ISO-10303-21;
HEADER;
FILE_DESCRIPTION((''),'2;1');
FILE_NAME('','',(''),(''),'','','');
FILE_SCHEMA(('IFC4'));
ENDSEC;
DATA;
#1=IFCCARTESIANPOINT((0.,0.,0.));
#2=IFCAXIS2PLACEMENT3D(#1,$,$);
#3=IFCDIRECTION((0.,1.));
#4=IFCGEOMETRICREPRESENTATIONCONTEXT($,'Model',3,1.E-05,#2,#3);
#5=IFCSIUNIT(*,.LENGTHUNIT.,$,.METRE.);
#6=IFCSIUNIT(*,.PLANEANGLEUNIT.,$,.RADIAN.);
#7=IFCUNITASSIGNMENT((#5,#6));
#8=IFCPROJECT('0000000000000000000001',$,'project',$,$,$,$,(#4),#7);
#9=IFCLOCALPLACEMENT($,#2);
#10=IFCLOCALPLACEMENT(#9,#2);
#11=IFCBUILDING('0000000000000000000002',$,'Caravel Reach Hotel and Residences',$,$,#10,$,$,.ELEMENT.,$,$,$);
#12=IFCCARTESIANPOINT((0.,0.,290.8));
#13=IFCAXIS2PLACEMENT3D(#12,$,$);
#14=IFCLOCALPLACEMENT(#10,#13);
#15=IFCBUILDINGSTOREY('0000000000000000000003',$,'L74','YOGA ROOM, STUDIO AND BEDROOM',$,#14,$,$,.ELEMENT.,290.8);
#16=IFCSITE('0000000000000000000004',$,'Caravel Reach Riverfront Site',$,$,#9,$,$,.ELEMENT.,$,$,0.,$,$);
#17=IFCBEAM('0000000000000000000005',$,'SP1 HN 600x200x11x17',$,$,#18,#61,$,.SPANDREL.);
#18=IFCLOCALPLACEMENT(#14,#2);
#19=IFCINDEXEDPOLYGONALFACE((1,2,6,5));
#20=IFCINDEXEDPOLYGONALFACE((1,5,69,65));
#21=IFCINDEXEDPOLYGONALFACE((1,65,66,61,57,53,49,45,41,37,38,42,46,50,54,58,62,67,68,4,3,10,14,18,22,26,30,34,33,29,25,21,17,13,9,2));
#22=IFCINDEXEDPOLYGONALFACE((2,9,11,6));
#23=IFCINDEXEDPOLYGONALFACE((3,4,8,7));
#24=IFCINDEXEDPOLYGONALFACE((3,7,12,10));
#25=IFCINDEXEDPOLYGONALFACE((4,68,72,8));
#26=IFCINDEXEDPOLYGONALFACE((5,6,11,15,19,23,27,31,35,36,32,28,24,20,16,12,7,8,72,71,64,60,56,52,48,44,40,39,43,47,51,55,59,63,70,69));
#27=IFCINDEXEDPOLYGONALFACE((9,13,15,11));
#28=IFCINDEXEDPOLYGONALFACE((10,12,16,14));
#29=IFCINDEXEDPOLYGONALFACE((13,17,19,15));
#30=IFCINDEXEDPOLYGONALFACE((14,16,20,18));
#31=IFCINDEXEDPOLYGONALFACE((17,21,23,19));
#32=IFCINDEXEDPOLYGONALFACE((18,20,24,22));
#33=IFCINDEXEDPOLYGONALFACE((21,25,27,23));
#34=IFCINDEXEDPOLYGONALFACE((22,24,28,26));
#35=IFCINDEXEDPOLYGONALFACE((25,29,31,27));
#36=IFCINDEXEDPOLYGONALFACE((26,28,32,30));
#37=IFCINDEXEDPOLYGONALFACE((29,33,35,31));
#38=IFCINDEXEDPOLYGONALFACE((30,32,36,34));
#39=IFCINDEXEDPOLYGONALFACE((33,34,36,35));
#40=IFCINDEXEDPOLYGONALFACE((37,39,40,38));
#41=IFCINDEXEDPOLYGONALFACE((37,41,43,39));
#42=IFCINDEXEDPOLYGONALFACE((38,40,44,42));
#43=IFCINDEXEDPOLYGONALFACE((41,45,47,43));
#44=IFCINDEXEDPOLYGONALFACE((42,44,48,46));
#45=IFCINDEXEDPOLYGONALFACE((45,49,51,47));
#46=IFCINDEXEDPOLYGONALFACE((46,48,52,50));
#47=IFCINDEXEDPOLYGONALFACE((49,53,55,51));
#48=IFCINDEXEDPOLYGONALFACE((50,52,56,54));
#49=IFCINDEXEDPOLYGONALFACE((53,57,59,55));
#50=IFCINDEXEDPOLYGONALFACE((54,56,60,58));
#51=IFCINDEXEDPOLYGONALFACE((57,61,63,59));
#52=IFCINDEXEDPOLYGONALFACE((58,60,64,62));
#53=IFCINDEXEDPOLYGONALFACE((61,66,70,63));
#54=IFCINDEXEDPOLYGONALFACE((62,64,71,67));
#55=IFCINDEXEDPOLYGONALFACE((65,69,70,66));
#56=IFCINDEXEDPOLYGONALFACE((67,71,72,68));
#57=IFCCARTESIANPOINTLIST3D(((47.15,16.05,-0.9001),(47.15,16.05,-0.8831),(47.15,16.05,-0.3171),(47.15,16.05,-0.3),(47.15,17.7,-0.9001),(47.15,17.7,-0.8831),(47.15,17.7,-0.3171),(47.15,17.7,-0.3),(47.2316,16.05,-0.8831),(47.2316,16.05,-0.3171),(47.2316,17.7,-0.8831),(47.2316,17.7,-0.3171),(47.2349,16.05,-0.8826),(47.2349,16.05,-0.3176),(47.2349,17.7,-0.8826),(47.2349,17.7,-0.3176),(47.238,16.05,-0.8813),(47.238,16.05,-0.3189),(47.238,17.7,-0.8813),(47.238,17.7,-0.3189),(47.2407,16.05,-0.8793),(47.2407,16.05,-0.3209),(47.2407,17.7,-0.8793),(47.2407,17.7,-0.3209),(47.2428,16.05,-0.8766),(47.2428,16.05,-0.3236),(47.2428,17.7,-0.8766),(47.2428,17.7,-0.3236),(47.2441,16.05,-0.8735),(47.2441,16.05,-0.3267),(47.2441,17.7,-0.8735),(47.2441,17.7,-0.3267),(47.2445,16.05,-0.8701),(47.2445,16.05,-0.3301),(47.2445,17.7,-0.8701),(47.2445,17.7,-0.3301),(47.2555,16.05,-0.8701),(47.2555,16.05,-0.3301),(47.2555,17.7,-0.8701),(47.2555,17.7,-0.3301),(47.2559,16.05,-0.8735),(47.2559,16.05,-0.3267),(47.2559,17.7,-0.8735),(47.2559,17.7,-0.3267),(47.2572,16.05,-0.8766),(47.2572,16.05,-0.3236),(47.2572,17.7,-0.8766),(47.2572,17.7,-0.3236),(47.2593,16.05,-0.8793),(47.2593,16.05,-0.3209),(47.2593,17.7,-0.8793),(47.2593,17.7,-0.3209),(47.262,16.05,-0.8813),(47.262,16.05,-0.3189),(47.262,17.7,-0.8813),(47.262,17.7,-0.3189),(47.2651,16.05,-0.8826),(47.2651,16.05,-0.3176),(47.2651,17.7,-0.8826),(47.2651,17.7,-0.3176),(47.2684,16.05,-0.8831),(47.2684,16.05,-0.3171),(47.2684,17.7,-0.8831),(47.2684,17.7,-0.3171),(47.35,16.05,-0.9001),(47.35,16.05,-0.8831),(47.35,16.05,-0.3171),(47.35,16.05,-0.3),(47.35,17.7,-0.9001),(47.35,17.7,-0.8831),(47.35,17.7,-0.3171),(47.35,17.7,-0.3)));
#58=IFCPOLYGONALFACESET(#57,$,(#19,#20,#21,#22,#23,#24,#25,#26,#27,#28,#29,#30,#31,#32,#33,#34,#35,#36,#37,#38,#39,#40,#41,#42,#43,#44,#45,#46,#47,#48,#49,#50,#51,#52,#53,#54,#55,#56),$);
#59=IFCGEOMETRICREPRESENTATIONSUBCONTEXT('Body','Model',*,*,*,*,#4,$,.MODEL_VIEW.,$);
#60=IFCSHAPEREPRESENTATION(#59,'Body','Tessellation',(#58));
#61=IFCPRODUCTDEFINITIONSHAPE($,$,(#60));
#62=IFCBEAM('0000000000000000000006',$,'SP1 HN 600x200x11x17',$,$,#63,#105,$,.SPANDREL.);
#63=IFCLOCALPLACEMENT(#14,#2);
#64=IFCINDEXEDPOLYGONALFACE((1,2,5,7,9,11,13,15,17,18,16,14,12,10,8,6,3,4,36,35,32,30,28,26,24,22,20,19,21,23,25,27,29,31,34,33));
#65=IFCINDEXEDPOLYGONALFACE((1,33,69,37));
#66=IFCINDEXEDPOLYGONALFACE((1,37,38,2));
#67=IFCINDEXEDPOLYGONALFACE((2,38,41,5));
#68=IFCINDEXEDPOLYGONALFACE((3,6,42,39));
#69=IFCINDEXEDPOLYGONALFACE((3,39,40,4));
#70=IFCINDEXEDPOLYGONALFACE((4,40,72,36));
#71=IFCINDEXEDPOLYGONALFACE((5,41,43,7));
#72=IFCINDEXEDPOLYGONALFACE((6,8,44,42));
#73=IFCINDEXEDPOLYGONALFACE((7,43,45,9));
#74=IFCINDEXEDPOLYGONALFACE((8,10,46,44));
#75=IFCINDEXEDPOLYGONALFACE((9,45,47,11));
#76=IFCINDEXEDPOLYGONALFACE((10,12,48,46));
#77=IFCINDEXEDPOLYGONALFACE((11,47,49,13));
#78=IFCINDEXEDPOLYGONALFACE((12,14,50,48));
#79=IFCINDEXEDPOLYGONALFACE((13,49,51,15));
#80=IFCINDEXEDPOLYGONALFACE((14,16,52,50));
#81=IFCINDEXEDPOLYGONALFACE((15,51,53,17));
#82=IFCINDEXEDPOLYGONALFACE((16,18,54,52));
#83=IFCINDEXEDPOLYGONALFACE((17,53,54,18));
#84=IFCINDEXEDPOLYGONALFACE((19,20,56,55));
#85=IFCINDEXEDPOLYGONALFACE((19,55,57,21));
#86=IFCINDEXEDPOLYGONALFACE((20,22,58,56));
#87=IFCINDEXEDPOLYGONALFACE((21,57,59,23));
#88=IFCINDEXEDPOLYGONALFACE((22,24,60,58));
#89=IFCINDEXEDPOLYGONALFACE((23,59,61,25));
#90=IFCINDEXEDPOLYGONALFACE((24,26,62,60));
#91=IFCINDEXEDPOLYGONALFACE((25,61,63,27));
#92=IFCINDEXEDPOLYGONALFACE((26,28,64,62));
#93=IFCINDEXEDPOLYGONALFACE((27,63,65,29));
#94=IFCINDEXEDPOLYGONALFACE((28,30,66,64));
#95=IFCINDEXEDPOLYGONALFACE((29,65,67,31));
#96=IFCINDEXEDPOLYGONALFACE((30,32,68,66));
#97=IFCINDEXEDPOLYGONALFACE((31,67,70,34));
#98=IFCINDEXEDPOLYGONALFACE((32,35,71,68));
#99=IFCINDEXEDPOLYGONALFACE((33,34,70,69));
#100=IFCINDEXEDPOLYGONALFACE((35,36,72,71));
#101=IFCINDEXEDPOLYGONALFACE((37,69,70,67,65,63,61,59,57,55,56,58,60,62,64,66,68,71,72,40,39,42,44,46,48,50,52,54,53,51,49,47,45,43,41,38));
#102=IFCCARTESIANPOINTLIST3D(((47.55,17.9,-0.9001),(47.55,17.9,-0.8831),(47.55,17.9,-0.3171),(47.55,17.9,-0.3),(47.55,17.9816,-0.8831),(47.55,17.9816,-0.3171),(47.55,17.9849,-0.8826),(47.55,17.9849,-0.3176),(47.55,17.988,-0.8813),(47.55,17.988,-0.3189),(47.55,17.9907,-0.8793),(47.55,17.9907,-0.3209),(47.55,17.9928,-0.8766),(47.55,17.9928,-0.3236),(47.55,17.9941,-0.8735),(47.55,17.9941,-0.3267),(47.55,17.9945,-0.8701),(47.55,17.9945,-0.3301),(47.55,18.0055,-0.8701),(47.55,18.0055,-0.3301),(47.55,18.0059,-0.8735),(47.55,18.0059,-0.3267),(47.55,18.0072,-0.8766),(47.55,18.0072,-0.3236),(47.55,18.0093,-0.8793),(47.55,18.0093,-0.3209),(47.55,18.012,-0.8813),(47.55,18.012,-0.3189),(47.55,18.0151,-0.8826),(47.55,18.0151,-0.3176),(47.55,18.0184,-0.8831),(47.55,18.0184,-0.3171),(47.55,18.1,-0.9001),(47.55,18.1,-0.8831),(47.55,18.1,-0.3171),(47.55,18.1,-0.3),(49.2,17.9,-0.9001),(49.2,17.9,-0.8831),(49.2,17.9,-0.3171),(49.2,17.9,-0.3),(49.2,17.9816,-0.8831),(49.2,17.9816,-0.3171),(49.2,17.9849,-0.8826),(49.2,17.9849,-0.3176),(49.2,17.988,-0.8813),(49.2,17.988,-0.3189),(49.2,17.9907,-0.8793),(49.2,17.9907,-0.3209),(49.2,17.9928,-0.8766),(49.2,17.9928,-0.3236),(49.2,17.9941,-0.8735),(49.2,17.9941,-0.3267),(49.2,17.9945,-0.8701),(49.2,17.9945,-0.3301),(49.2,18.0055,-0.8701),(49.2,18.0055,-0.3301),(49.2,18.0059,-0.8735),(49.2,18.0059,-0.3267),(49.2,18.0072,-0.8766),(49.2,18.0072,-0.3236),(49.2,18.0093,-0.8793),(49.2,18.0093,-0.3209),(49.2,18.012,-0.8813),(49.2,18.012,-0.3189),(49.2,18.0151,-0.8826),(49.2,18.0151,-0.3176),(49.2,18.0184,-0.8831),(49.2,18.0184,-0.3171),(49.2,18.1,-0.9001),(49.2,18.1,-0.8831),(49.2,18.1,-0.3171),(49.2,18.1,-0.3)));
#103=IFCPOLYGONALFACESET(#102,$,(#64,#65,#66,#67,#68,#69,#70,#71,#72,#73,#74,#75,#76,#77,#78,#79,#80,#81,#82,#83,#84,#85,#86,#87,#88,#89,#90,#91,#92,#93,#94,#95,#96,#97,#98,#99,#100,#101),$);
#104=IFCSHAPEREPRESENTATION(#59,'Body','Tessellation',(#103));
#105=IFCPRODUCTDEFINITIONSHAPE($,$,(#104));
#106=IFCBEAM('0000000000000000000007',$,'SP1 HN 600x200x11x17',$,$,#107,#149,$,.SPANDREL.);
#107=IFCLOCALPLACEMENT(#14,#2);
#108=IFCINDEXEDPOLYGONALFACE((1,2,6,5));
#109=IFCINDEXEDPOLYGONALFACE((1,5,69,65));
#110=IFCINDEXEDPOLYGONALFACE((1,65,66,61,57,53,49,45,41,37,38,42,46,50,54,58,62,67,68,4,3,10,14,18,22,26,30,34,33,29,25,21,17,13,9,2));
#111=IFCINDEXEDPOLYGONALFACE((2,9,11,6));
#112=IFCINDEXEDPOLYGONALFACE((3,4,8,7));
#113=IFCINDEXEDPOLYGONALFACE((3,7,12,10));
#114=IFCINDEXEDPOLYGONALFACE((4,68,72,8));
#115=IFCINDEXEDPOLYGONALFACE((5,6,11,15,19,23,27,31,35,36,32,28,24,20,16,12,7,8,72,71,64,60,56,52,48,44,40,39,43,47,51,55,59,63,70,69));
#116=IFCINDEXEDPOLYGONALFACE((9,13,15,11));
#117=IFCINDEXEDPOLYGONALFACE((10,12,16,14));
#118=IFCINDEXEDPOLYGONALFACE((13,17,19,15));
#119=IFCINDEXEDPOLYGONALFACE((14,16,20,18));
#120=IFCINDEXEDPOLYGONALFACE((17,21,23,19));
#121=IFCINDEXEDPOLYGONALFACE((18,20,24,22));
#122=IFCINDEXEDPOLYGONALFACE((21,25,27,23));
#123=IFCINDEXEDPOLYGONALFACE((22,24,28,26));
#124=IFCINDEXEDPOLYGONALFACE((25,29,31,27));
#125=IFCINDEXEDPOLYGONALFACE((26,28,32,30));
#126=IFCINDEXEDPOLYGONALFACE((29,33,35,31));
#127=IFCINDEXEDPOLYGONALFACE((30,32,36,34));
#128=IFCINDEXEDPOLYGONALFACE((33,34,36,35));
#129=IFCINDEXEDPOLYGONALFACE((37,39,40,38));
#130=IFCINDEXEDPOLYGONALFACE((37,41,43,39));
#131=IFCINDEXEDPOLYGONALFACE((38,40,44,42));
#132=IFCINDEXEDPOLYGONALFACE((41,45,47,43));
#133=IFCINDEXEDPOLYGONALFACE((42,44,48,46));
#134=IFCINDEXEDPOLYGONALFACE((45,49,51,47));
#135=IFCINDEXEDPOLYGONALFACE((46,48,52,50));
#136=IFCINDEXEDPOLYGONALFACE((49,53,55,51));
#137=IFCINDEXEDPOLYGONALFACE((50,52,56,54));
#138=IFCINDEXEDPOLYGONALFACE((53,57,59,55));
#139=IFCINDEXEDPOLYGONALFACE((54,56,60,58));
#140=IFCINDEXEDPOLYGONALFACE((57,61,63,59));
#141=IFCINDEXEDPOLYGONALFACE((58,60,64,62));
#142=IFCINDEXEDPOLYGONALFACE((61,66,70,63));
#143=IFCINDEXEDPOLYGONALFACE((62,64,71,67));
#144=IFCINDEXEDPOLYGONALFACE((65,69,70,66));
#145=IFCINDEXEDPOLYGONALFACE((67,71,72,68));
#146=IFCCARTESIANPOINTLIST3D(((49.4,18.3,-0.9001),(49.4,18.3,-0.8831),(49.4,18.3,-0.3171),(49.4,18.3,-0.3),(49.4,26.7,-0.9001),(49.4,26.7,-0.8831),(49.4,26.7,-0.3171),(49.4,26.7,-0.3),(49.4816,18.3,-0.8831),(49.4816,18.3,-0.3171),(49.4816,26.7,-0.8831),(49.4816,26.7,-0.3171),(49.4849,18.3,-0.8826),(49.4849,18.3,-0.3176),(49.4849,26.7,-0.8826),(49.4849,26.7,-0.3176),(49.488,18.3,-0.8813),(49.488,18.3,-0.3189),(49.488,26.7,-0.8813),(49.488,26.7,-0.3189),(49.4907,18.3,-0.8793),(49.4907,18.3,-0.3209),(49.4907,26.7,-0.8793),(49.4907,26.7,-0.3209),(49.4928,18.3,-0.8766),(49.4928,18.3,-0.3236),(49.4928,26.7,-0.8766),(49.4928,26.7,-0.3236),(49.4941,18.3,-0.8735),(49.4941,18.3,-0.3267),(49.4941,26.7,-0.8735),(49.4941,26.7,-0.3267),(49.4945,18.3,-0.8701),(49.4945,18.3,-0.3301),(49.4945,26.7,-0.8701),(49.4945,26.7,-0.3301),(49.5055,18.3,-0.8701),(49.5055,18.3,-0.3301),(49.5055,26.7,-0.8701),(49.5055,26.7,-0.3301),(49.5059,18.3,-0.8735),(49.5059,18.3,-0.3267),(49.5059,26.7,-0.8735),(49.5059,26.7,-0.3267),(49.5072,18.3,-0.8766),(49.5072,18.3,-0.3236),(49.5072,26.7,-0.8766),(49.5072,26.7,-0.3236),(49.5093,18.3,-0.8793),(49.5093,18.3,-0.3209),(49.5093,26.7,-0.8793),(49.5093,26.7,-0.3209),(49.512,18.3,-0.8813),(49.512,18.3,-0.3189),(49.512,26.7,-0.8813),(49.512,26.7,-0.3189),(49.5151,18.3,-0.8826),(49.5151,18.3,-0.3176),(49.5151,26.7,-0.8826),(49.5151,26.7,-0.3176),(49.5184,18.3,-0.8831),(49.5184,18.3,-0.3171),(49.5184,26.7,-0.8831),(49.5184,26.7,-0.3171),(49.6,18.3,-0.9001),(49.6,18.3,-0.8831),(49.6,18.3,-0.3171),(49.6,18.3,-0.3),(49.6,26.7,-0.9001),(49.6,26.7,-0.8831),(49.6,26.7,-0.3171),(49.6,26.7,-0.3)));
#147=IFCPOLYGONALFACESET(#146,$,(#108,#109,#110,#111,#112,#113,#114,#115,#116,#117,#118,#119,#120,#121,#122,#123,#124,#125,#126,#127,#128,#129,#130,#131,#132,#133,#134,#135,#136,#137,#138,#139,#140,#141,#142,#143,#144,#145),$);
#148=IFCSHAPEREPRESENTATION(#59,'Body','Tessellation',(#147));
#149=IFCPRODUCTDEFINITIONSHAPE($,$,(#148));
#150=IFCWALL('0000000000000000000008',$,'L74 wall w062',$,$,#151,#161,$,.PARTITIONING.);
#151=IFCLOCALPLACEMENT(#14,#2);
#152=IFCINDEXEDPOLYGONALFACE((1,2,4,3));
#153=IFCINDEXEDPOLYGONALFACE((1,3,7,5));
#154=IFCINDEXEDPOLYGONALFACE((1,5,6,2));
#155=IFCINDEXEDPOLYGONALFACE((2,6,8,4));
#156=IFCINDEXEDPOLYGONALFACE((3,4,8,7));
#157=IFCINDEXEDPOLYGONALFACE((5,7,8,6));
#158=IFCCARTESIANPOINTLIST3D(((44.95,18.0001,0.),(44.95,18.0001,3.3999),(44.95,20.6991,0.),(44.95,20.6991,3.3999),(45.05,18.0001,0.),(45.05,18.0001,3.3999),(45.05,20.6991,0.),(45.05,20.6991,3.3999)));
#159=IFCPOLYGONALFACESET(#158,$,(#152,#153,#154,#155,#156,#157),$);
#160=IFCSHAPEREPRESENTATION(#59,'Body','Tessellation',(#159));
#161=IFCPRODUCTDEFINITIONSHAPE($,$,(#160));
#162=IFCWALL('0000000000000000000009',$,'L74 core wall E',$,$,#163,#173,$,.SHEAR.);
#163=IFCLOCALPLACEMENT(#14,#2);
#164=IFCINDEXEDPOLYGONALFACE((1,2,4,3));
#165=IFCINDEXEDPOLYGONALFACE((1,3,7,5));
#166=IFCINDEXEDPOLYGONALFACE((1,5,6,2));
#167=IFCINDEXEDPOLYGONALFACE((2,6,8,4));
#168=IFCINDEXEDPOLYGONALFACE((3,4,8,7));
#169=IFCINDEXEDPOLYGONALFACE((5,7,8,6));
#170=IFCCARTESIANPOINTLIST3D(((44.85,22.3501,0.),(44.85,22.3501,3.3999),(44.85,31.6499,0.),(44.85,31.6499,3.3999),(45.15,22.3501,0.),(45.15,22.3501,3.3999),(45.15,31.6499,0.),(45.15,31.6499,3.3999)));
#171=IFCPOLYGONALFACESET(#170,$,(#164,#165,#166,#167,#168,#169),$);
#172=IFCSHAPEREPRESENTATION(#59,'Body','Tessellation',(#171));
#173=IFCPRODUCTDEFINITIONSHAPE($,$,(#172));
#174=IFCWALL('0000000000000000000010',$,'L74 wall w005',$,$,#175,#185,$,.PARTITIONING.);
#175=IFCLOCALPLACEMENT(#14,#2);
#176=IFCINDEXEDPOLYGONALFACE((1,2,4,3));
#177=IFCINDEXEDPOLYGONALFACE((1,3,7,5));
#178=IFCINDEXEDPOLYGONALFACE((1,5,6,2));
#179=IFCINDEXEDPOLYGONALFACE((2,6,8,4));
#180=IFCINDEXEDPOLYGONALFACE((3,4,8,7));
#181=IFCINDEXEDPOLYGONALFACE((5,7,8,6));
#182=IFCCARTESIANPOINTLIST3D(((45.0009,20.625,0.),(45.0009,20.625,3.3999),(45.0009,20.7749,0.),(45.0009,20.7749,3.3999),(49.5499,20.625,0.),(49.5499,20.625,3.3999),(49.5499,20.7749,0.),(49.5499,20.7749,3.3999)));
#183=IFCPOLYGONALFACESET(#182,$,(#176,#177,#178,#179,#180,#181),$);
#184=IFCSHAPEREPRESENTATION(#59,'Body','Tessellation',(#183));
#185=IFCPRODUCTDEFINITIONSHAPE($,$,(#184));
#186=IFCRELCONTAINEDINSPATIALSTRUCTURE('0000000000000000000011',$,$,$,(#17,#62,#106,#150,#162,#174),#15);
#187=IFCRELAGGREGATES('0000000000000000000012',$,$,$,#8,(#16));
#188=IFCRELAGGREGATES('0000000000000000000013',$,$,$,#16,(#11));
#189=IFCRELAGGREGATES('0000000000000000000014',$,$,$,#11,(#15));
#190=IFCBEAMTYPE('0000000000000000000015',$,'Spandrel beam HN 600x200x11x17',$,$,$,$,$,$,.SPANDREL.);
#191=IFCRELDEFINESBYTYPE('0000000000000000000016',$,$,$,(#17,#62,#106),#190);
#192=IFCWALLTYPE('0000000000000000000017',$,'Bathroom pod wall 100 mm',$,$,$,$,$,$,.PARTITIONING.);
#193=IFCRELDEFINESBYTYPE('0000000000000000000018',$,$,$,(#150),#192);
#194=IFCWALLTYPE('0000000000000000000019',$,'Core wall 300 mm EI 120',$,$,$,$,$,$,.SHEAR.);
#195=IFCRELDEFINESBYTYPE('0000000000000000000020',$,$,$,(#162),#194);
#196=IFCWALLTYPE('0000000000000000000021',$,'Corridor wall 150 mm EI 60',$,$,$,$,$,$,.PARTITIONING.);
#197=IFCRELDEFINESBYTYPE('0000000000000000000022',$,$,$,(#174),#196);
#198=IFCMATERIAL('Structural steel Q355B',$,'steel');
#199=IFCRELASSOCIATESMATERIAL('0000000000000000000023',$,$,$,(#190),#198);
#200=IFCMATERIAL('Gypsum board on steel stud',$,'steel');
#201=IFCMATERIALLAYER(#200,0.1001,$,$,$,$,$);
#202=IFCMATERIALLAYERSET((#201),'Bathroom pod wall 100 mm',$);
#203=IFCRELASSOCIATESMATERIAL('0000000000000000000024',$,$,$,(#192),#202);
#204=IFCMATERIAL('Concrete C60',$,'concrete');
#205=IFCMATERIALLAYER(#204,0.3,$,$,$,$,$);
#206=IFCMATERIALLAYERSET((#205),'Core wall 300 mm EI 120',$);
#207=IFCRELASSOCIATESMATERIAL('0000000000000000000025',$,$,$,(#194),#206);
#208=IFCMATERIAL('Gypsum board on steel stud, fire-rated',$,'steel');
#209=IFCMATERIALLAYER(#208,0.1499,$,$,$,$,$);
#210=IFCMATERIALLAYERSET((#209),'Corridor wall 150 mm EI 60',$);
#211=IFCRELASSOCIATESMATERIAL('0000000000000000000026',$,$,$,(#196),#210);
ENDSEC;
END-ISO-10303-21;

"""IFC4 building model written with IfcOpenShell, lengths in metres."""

from ifc_helpers import new_model, si_unit, direction, frame, frame_2d, origin, origin_2d, place, context, subcontext, project, spatial, rectangle, i_section, extrude, material, layer, layer_set, material_profile, profile_set, type_object, element, save


model = new_model("IFC4")

# Units and contexts
model_context = context("Model", 3, precision=1e-05, world=origin(), true_north=direction((0.0, 1.0)))
body_context = subcontext(model_context, "Body", "Model", "MODEL_VIEW")
ifc_project = project(units=[si_unit("LENGTHUNIT", "METRE"), si_unit("PLANEANGLEUNIT", "RADIAN")], contexts=[model_context])

# Site, building, storey
site_placement = place(None, origin())
site = spatial("IfcSite", under=ifc_project, at=site_placement, Name="Caravel Reach Riverfront Site", CompositionType="ELEMENT", RefElevation=0.0)
building_placement = place(site_placement, origin())
building = spatial("IfcBuilding", under=site, at=building_placement, Name="Caravel Reach Hotel and Residences", CompositionType="ELEMENT")
storey_placement = place(building_placement, frame((0.0, 0.0, 290.8)))
storey = spatial("IfcBuildingStorey", under=building, at=storey_placement, Name="L74", Description="YOGA ROOM, STUDIO AND BEDROOM", CompositionType="ELEMENT", Elevation=290.8)

# Beams
ifc_material_1 = material(Name="Structural steel Q355B", Category="steel")
ifc_material_profile_1 = material_profile(ifc_material_1, i_section(OverallWidth=0.2, OverallDepth=0.6001, WebThickness=0.011, FlangeThickness=0.0171, FilletRadius=0.0129, at=origin_2d()), Name="HN 600x200x11x17")
ifc_profile_set_1 = profile_set([ifc_material_profile_1], Name="Structural steel Q355B")
beam_type = type_object("IfcBeamType", Name="Spandrel beam HN 600x200x11x17", PredefinedType="SPANDREL", material=ifc_profile_set_1)
for number, where, z_axis, x_axis, name in (
    (1, (47.25, 16.05, -0.6001), (0.0, 1.0, 0.0), (-1.0, 0.0, 0.0), "SP1 HN 600x200x11x17"),
    (2, (47.55, 18.0, -0.6001), (1.0, 0.0, 0.0), (0.0, 1.0, 0.0), "SP1 HN 600x200x11x17"),
):
    element("IfcBeam", number, at=place(storey_placement, frame(where, z_axis=z_axis, x_axis=x_axis)), inside=storey, type_object=beam_type, Name=name, PredefinedType="SPANDREL", context=body_context, shape_type="SweptSolid", body=[
        extrude(i_section(OverallWidth=0.2, OverallDepth=0.6001, WebThickness=0.011, FlangeThickness=0.0171, FilletRadius=0.0129, at=origin_2d()), origin(), (0.0, 0.0, 1.0), 1.6499),
    ])
beam_placement = place(storey_placement, frame((49.5, 18.3, -0.6001), z_axis=(0.0, 1.0, 0.0), x_axis=(-1.0, 0.0, 0.0)))
element("IfcBeam", 3, at=beam_placement, inside=storey, type_object=beam_type, Name="SP1 HN 600x200x11x17", PredefinedType="SPANDREL", context=body_context, shape_type="SweptSolid", body=[
    extrude(i_section(OverallWidth=0.2, OverallDepth=0.6001, WebThickness=0.011, FlangeThickness=0.0171, FilletRadius=0.0129, at=origin_2d()), origin(), (0.0, 0.0, 1.0), 8.3999),
])

# Walls
ifc_material_2 = material(Name="Gypsum board on steel stud", Category="steel")
ifc_layer_1 = layer(ifc_material_2, 0.1001)
ifc_layer_set_1 = layer_set([ifc_layer_1], Name="Bathroom pod wall 100 mm")
wall_type_1 = type_object("IfcWallType", Name="Bathroom pod wall 100 mm", PredefinedType="PARTITIONING", material=ifc_layer_set_1)
wall_1_placement = place(storey_placement, frame((45.0, 18.0, 0.0), z_axis=(0.0, 0.0, 1.0), x_axis=(0.0, 1.0, 0.0)))
element("IfcWall", 4, at=wall_1_placement, inside=storey, type_object=wall_type_1, Name="L74 wall w062", PredefinedType="PARTITIONING", context=body_context, shape_type="SweptSolid", body=[
    extrude(rectangle(XDim=2.699, YDim=0.1001, at=frame_2d((1.3496, 0.0))), origin(), (0.0, 0.0, 1.0), 3.3999),
])
ifc_material_3 = material(Name="Concrete C60", Category="concrete")
ifc_layer_2 = layer(ifc_material_3, 0.3)
ifc_layer_set_2 = layer_set([ifc_layer_2], Name="Core wall 300 mm EI 120")
wall_type_2 = type_object("IfcWallType", Name="Core wall 300 mm EI 120", PredefinedType="SHEAR", material=ifc_layer_set_2)
wall_2_placement = place(storey_placement, frame((45.0, 22.3501, 0.0), z_axis=(0.0, 0.0, 1.0), x_axis=(0.0, 1.0, 0.0)))
element("IfcWall", 5, at=wall_2_placement, inside=storey, type_object=wall_type_2, Name="L74 core wall E", PredefinedType="SHEAR", context=body_context, shape_type="SweptSolid", body=[
    extrude(rectangle(XDim=9.2998, YDim=0.3, at=frame_2d((4.6499, 0.0))), origin(), (0.0, 0.0, 1.0), 3.3999),
])
ifc_material_4 = material(Name="Gypsum board on steel stud, fire-rated", Category="steel")
ifc_layer_3 = layer(ifc_material_4, 0.1499)
ifc_layer_set_3 = layer_set([ifc_layer_3], Name="Corridor wall 150 mm EI 60")
wall_type_3 = type_object("IfcWallType", Name="Corridor wall 150 mm EI 60", PredefinedType="PARTITIONING", material=ifc_layer_set_3)
wall_3_placement = place(storey_placement, frame((45.001, 20.7, 0.0), z_axis=(0.0, 0.0, 1.0), x_axis=(1.0, 0.0, 0.0)))
element("IfcWall", 6, at=wall_3_placement, inside=storey, type_object=wall_type_3, Name="L74 wall w005", PredefinedType="PARTITIONING", context=body_context, shape_type="SweptSolid", body=[
    extrude(rectangle(XDim=4.5491, YDim=0.1499, at=frame_2d((2.2744, 0.0))), origin(), (0.0, 0.0, 1.0), 3.3999),
])

save(model, "model.ifc")
